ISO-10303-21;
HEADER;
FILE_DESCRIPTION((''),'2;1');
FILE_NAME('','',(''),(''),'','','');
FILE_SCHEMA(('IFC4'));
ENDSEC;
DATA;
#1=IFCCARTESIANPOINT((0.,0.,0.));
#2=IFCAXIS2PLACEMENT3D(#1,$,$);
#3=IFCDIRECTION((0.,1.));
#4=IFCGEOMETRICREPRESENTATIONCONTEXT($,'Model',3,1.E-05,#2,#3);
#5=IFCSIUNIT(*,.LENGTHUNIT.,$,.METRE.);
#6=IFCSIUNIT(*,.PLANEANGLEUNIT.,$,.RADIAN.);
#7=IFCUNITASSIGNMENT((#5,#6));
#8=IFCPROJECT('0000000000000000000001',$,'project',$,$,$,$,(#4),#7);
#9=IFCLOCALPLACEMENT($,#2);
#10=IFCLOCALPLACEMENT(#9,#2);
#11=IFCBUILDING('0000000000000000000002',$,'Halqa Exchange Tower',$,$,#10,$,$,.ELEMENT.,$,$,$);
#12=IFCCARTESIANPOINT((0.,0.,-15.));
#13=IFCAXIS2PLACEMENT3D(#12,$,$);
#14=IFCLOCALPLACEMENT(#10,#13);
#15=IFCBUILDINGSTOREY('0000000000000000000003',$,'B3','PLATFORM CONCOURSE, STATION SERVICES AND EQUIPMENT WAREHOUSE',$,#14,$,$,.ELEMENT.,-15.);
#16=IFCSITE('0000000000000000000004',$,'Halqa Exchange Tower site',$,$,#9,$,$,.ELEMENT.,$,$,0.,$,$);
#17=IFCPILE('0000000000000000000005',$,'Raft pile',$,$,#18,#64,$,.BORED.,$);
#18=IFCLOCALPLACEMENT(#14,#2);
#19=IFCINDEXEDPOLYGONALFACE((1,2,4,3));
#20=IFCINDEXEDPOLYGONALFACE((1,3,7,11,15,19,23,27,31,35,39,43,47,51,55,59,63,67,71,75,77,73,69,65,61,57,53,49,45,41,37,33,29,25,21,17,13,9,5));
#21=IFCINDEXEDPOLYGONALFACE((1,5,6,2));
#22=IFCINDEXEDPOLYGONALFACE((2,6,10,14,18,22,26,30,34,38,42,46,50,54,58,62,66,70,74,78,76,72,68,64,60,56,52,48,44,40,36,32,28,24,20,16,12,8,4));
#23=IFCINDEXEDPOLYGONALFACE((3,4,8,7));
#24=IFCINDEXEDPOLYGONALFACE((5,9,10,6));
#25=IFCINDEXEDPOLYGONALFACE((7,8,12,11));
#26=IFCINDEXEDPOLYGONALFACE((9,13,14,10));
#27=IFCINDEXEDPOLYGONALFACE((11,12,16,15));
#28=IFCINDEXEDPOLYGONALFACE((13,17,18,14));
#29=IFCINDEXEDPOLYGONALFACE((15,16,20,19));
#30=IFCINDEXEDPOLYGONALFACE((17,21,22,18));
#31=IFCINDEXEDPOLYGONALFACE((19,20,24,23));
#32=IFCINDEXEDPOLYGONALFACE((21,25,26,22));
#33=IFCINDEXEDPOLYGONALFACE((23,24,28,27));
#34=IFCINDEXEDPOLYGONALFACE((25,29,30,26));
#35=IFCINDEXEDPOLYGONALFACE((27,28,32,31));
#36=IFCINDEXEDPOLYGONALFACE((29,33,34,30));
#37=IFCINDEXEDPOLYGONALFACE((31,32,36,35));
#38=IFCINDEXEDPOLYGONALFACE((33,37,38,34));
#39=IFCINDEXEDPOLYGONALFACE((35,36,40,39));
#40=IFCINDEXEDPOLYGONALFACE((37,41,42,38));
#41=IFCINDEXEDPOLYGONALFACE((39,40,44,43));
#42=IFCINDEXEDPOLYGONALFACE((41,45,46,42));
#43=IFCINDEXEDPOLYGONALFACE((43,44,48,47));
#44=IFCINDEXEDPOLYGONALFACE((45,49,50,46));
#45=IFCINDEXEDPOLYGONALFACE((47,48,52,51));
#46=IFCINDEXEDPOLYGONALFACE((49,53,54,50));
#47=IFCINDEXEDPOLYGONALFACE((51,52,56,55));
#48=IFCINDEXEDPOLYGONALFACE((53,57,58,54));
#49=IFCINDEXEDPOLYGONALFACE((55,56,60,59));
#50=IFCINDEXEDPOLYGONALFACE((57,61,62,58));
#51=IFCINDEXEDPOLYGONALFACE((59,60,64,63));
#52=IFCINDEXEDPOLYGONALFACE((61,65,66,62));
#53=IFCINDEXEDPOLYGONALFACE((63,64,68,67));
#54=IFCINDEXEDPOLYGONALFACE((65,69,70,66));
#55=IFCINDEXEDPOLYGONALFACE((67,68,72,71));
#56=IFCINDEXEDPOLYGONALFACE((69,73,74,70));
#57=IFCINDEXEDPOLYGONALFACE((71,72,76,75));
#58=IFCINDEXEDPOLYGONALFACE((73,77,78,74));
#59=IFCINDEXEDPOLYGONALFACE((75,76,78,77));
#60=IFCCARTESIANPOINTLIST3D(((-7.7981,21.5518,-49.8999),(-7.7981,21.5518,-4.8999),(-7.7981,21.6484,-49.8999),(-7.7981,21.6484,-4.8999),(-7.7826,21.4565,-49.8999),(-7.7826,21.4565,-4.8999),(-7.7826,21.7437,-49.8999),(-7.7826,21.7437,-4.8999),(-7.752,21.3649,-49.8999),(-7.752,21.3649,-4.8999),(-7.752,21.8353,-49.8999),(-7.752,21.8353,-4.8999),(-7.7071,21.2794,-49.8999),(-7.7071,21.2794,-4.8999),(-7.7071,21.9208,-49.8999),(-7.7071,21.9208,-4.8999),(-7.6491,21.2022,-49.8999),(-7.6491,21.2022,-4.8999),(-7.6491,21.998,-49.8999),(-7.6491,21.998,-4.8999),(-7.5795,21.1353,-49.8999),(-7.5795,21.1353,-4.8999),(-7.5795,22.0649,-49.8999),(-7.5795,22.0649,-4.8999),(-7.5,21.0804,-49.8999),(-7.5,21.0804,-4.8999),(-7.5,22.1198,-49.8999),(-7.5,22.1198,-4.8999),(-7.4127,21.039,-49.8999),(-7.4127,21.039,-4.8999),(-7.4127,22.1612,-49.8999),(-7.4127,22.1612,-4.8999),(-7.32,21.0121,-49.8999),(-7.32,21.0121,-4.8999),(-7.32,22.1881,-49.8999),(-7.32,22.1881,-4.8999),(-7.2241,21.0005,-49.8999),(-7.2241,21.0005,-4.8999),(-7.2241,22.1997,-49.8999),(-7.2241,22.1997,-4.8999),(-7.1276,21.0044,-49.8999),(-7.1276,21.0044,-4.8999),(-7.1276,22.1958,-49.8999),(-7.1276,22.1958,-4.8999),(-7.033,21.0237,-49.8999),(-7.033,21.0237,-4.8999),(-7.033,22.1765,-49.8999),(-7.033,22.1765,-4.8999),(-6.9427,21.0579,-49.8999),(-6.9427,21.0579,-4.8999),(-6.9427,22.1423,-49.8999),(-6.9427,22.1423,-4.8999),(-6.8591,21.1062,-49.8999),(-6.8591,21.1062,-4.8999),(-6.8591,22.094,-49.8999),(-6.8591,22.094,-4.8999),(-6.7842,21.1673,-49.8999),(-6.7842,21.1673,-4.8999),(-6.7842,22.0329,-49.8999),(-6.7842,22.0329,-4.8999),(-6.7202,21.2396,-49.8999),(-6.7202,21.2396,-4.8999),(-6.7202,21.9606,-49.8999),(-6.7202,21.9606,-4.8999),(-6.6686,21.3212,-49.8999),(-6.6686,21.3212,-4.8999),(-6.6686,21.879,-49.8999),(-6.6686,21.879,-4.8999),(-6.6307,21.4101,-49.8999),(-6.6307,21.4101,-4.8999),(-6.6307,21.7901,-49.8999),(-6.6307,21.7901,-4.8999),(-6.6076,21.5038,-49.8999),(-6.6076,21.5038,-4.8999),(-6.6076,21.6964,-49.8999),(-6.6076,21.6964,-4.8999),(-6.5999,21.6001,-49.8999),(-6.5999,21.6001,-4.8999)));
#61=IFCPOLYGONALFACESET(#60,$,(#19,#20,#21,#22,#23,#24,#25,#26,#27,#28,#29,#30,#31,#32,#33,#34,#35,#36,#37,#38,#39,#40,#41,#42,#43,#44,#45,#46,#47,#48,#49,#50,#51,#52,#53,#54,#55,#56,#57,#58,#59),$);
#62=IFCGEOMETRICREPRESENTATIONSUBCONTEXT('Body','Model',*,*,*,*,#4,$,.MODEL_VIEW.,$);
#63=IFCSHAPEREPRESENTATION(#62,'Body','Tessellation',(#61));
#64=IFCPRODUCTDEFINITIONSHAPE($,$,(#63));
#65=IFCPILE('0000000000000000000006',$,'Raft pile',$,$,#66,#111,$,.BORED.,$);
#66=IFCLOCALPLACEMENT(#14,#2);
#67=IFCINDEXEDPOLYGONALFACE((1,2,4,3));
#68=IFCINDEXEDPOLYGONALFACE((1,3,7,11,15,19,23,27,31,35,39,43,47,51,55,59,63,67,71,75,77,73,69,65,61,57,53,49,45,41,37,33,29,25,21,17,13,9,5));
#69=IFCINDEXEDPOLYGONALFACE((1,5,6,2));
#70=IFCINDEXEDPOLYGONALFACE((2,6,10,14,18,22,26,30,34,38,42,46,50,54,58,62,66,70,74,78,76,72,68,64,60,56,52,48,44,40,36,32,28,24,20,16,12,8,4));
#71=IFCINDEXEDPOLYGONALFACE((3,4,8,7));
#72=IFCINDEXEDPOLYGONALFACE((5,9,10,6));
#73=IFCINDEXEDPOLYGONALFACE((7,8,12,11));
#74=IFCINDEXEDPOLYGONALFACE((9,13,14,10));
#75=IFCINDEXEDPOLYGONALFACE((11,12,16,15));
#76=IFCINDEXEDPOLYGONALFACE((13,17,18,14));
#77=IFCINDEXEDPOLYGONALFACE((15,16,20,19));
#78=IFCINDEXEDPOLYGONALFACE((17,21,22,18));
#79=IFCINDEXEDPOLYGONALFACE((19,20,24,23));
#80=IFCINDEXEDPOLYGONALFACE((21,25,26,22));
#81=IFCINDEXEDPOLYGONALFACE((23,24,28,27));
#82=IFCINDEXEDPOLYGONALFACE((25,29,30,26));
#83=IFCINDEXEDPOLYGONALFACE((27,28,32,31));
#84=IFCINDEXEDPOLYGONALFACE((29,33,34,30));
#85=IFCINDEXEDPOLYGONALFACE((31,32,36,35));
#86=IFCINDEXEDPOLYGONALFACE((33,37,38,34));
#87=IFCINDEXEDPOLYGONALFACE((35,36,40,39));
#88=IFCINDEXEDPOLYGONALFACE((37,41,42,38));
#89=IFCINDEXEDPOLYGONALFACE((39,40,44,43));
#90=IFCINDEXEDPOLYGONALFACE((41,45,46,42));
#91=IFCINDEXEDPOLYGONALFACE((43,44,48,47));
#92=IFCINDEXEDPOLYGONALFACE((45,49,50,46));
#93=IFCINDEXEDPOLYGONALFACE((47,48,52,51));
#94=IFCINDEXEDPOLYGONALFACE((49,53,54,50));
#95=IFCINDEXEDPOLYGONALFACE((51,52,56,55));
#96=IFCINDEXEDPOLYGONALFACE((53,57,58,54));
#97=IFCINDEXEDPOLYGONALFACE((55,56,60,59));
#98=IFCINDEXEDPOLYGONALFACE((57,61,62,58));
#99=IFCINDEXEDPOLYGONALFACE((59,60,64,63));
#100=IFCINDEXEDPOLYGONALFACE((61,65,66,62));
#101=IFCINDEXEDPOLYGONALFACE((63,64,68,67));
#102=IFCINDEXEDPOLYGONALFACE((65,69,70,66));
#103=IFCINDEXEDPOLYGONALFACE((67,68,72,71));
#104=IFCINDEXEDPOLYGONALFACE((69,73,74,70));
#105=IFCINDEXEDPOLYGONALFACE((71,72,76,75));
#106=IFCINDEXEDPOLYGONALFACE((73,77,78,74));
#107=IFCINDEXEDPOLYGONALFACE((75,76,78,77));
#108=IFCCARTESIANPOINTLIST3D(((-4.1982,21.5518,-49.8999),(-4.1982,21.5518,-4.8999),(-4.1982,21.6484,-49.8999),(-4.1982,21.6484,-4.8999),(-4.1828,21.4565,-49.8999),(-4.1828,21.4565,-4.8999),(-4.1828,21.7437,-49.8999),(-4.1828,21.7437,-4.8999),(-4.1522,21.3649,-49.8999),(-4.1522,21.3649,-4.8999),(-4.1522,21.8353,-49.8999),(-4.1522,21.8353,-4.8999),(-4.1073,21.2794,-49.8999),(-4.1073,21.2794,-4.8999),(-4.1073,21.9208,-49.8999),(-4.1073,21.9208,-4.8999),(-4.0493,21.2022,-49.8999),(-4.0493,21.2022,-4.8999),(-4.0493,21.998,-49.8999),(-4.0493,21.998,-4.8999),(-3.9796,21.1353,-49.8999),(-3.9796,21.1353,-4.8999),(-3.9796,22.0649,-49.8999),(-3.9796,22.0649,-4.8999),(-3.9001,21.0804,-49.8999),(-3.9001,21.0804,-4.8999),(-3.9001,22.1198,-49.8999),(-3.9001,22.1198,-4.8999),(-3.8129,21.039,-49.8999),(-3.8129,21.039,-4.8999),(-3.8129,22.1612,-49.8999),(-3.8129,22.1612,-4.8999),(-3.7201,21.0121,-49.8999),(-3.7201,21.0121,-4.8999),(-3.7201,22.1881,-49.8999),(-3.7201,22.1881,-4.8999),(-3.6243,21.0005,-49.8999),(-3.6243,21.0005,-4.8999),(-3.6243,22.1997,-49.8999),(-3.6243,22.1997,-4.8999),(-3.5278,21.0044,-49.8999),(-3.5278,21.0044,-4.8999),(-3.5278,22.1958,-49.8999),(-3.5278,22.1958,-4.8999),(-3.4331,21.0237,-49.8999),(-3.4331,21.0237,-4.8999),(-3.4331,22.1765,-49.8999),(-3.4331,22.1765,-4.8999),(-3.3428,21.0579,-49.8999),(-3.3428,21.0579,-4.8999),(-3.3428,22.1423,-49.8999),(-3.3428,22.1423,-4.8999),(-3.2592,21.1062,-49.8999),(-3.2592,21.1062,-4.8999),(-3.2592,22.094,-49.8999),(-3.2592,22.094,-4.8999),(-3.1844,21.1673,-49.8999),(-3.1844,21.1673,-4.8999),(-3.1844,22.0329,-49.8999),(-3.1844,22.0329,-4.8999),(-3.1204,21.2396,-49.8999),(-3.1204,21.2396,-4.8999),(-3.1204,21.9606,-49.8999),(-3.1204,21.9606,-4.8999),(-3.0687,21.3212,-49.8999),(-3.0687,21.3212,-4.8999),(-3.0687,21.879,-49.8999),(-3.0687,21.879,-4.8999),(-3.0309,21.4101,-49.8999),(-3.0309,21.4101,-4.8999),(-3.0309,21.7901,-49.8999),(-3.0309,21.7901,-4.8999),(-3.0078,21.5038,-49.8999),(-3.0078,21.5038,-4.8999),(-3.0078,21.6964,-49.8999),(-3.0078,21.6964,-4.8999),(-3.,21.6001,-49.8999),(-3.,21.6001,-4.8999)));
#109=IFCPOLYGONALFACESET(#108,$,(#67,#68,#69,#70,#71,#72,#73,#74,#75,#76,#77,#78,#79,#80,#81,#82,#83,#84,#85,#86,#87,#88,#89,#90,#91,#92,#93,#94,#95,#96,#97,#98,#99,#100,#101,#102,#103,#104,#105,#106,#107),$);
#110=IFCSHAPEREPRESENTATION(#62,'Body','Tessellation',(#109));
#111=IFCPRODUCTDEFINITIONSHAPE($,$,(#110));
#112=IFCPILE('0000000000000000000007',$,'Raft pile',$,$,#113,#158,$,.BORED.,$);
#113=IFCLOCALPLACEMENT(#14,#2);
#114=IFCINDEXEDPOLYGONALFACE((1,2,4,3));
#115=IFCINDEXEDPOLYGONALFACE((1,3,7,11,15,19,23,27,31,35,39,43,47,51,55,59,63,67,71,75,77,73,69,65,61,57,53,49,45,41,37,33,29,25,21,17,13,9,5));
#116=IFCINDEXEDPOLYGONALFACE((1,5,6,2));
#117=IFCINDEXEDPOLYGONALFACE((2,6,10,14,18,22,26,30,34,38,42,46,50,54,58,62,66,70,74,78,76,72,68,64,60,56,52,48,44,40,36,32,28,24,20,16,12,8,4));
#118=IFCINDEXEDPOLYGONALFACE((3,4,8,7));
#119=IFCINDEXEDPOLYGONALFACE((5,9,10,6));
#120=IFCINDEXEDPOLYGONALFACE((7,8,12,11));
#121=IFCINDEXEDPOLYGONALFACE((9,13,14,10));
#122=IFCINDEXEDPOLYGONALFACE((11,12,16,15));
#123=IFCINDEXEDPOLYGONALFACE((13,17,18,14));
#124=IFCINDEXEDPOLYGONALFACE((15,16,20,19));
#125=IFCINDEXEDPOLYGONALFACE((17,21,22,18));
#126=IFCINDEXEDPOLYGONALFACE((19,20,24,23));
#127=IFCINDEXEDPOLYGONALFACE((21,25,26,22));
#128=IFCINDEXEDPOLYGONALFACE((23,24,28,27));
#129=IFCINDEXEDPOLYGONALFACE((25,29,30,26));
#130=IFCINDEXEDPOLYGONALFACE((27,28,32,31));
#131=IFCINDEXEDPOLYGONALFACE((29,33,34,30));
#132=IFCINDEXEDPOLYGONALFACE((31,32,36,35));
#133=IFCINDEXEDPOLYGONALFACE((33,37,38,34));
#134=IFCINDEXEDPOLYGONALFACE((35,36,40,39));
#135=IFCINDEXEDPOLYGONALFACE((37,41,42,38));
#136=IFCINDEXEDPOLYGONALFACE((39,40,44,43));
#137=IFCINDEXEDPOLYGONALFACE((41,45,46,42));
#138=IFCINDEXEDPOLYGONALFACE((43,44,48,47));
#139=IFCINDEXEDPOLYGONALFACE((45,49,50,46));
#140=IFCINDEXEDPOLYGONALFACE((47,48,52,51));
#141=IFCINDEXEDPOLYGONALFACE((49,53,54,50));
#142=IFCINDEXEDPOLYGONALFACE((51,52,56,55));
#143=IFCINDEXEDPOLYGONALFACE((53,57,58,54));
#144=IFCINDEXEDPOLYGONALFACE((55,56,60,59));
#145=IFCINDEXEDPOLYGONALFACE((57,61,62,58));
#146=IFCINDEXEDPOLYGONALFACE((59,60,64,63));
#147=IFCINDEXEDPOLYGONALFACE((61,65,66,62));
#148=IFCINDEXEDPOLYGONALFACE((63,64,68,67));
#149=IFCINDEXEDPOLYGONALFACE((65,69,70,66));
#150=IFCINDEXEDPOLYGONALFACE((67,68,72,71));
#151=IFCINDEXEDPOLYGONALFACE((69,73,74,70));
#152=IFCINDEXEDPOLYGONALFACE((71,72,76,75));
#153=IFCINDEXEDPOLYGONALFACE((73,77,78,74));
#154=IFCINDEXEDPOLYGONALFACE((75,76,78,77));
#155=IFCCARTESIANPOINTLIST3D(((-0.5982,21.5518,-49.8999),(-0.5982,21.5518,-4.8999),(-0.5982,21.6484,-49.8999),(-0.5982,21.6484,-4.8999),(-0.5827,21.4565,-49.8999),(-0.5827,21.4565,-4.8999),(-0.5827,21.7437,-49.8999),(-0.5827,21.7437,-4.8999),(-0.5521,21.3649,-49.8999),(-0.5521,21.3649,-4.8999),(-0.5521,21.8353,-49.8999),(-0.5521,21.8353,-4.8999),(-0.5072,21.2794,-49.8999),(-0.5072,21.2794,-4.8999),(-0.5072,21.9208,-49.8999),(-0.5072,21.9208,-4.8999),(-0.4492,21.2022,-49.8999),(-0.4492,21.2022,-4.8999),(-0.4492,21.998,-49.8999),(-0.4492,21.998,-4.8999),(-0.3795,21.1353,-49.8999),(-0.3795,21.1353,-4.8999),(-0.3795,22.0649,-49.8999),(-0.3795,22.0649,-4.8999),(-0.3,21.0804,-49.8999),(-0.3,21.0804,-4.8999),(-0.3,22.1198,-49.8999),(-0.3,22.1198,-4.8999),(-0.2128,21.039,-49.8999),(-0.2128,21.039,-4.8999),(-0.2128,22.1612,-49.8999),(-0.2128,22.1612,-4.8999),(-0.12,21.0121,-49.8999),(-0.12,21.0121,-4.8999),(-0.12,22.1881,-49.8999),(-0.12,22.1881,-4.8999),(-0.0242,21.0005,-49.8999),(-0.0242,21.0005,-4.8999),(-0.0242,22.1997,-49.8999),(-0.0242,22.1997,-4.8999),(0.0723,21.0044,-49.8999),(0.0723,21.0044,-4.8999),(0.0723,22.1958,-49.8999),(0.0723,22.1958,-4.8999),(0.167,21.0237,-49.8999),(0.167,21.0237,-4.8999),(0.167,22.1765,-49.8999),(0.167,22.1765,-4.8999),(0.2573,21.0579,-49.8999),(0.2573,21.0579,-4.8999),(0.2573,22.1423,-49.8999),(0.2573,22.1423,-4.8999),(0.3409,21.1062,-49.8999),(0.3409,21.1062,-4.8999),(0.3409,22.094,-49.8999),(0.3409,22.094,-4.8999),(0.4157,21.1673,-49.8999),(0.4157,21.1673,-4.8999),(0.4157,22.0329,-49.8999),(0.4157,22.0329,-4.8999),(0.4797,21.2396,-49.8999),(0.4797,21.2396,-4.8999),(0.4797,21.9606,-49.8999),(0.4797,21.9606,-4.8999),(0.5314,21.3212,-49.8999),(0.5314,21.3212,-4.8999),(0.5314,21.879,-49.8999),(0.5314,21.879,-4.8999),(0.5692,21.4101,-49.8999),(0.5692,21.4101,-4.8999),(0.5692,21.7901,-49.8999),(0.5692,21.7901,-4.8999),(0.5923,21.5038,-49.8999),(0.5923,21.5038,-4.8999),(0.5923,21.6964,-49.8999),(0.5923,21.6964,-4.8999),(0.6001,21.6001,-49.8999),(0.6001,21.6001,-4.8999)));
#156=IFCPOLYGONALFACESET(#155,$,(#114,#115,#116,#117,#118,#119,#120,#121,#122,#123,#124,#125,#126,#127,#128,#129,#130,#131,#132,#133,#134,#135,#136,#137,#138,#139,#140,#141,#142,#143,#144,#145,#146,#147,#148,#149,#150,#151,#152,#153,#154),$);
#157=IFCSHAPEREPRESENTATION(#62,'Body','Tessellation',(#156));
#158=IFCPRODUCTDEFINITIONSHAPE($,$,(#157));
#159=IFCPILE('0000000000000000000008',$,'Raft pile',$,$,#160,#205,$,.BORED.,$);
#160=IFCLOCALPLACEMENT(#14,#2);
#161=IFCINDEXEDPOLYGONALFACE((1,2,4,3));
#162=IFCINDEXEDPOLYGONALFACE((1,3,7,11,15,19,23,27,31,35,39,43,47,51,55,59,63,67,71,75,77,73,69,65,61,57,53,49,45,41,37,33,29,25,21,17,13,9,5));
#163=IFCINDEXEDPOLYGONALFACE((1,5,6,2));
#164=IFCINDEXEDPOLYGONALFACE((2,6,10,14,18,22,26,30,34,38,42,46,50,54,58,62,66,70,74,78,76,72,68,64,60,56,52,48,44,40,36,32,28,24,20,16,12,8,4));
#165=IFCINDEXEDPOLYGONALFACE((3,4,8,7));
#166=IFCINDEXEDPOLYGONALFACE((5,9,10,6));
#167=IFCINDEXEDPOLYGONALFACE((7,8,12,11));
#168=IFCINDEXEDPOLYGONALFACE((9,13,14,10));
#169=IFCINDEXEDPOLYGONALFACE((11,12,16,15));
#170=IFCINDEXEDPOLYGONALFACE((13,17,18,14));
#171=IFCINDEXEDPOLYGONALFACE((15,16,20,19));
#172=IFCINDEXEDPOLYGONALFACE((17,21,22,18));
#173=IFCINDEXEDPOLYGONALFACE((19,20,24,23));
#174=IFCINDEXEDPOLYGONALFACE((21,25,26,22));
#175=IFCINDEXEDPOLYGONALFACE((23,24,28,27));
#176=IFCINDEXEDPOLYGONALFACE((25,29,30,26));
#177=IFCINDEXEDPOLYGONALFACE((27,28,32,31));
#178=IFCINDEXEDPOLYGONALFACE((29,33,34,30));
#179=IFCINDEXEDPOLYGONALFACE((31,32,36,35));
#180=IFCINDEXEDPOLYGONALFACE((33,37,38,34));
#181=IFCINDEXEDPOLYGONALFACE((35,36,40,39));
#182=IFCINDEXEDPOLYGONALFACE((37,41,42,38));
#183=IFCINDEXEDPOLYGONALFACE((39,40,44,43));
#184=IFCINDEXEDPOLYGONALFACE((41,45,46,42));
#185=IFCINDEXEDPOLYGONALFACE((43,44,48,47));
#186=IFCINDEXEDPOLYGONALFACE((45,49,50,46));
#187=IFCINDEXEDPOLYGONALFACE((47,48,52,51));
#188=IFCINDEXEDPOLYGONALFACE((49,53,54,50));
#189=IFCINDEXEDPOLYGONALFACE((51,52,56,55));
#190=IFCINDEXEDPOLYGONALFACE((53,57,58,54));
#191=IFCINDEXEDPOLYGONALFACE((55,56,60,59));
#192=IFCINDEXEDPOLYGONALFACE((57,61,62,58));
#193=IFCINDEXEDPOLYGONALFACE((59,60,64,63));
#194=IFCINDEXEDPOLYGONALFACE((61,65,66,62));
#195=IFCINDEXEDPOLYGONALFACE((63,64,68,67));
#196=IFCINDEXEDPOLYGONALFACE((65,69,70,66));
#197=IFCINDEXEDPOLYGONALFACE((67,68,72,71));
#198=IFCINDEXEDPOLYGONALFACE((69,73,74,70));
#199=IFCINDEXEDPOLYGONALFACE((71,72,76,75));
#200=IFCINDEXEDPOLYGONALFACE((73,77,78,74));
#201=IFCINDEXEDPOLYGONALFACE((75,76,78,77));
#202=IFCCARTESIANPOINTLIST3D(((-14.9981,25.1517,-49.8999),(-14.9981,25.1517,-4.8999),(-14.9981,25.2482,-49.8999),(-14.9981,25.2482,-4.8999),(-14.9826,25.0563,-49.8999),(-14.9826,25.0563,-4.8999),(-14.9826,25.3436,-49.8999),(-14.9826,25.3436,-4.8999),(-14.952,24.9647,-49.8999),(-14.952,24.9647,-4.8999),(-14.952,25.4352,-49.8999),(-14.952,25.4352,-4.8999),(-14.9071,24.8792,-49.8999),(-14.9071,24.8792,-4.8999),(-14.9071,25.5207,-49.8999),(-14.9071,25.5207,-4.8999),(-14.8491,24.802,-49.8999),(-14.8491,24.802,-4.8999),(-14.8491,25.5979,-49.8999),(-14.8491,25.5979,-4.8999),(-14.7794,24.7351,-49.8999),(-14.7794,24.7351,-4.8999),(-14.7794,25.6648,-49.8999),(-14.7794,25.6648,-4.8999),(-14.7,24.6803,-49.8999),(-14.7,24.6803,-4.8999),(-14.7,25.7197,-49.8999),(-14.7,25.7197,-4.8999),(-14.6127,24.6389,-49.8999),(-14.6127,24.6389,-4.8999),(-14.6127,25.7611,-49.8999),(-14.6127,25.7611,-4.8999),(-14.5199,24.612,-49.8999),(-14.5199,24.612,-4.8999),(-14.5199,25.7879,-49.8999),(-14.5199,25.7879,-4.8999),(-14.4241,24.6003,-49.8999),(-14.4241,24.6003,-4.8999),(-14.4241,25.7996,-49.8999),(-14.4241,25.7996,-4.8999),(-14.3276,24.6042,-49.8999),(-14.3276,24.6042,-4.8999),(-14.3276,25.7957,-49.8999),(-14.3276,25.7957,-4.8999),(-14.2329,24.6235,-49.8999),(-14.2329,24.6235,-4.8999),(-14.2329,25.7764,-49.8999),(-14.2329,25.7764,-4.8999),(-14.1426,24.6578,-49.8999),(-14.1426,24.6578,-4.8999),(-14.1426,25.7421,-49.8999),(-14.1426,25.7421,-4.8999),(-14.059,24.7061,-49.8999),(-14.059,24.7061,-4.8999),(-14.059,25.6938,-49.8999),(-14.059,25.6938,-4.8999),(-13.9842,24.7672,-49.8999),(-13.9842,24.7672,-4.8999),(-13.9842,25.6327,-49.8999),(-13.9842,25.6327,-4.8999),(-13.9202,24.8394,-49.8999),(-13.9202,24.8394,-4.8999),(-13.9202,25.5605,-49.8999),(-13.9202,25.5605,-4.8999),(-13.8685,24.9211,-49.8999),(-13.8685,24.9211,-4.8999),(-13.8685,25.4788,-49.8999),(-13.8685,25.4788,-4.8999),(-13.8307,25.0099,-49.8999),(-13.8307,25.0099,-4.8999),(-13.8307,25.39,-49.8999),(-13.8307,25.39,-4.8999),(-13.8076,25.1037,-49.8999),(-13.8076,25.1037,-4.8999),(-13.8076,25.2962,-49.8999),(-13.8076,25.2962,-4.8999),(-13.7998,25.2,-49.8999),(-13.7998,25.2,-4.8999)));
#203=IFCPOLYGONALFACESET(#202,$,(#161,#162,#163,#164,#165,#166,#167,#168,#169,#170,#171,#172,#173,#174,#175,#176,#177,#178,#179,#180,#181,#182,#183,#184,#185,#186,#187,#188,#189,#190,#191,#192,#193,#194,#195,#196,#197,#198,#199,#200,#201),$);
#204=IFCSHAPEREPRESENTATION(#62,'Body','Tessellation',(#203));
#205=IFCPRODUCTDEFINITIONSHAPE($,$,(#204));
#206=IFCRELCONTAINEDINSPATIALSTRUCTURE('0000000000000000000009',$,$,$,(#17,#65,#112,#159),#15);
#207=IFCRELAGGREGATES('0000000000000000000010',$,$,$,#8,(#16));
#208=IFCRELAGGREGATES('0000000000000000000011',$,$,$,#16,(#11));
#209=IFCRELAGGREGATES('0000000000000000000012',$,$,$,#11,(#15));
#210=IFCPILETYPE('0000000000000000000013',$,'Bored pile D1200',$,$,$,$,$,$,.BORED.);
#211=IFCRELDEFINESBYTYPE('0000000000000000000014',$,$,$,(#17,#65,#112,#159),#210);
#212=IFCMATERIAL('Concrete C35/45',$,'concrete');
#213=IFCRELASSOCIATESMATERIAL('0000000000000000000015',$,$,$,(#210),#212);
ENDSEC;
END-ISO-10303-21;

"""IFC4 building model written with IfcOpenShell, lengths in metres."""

from ifc_helpers import new_model, si_unit, direction, frame, origin, origin_2d, place, context, subcontext, project, spatial, circle, extrude, material, material_profile, profile_set, type_object, element, save


model = new_model("IFC4")

# Units and contexts
model_context = context("Model", 3, precision=1e-05, world=origin(), true_north=direction((0.0, 1.0)))
body_context = subcontext(model_context, "Body", "Model", "MODEL_VIEW")
ifc_project = project(units=[si_unit("LENGTHUNIT", "METRE"), si_unit("PLANEANGLEUNIT", "RADIAN")], contexts=[model_context])

# Site, building, storey
site_placement = place(None, origin())
site = spatial("IfcSite", under=ifc_project, at=site_placement, Name="Halqa Exchange Tower site", CompositionType="ELEMENT", RefElevation=0.0)
building_placement = place(site_placement, origin())
building = spatial("IfcBuilding", under=site, at=building_placement, Name="Halqa Exchange Tower", CompositionType="ELEMENT")
storey_placement = place(building_placement, frame((0.0, 0.0, -15.0)))
storey = spatial("IfcBuildingStorey", under=building, at=storey_placement, Name="B3", Description="PLATFORM CONCOURSE, STATION SERVICES AND EQUIPMENT WAREHOUSE", CompositionType="ELEMENT", Elevation=-15.0)

# Piles
ifc_material_1 = material(Name="Concrete C35/45", Category="concrete")
ifc_material_profile_1 = material_profile(ifc_material_1, circle(Radius=0.6001, at=origin_2d()), Name="D1200")
ifc_profile_set_1 = profile_set([ifc_material_profile_1], Name="Concrete C35/45")
pile_type_1 = type_object("IfcPileType", Name="Bored pile D1200", PredefinedType="BORED", material=ifc_profile_set_1)
for number, where, z_axis, x_axis, name in (
    (1, (-7.2, 21.6001, -4.8999), (0.0, 0.0, -1.0), (1.0, 0.0, 0.0), "Raft pile"),
    (2, (-3.6001, 21.6001, -4.8999), (0.0, 0.0, -1.0), (1.0, 0.0, 0.0), "Raft pile"),
    (3, (0.0, 21.6001, -4.8999), (0.0, 0.0, -1.0), (1.0, 0.0, 0.0), "Raft pile"),
    (4, (-14.3999, 25.2, -4.8999), (0.0, 0.0, -1.0), (1.0, 0.0, 0.0), "Raft pile"),
):
    element("IfcPile", number, at=place(storey_placement, frame(where, z_axis=z_axis, x_axis=x_axis)), inside=storey, type_object=pile_type_1, Name=name, PredefinedType="BORED", context=body_context, shape_type="SweptSolid", body=[
        extrude(circle(Radius=0.6001, at=origin_2d()), origin(), (0.0, 0.0, 1.0), 45.0),
    ])

save(model, "model.ifc")
